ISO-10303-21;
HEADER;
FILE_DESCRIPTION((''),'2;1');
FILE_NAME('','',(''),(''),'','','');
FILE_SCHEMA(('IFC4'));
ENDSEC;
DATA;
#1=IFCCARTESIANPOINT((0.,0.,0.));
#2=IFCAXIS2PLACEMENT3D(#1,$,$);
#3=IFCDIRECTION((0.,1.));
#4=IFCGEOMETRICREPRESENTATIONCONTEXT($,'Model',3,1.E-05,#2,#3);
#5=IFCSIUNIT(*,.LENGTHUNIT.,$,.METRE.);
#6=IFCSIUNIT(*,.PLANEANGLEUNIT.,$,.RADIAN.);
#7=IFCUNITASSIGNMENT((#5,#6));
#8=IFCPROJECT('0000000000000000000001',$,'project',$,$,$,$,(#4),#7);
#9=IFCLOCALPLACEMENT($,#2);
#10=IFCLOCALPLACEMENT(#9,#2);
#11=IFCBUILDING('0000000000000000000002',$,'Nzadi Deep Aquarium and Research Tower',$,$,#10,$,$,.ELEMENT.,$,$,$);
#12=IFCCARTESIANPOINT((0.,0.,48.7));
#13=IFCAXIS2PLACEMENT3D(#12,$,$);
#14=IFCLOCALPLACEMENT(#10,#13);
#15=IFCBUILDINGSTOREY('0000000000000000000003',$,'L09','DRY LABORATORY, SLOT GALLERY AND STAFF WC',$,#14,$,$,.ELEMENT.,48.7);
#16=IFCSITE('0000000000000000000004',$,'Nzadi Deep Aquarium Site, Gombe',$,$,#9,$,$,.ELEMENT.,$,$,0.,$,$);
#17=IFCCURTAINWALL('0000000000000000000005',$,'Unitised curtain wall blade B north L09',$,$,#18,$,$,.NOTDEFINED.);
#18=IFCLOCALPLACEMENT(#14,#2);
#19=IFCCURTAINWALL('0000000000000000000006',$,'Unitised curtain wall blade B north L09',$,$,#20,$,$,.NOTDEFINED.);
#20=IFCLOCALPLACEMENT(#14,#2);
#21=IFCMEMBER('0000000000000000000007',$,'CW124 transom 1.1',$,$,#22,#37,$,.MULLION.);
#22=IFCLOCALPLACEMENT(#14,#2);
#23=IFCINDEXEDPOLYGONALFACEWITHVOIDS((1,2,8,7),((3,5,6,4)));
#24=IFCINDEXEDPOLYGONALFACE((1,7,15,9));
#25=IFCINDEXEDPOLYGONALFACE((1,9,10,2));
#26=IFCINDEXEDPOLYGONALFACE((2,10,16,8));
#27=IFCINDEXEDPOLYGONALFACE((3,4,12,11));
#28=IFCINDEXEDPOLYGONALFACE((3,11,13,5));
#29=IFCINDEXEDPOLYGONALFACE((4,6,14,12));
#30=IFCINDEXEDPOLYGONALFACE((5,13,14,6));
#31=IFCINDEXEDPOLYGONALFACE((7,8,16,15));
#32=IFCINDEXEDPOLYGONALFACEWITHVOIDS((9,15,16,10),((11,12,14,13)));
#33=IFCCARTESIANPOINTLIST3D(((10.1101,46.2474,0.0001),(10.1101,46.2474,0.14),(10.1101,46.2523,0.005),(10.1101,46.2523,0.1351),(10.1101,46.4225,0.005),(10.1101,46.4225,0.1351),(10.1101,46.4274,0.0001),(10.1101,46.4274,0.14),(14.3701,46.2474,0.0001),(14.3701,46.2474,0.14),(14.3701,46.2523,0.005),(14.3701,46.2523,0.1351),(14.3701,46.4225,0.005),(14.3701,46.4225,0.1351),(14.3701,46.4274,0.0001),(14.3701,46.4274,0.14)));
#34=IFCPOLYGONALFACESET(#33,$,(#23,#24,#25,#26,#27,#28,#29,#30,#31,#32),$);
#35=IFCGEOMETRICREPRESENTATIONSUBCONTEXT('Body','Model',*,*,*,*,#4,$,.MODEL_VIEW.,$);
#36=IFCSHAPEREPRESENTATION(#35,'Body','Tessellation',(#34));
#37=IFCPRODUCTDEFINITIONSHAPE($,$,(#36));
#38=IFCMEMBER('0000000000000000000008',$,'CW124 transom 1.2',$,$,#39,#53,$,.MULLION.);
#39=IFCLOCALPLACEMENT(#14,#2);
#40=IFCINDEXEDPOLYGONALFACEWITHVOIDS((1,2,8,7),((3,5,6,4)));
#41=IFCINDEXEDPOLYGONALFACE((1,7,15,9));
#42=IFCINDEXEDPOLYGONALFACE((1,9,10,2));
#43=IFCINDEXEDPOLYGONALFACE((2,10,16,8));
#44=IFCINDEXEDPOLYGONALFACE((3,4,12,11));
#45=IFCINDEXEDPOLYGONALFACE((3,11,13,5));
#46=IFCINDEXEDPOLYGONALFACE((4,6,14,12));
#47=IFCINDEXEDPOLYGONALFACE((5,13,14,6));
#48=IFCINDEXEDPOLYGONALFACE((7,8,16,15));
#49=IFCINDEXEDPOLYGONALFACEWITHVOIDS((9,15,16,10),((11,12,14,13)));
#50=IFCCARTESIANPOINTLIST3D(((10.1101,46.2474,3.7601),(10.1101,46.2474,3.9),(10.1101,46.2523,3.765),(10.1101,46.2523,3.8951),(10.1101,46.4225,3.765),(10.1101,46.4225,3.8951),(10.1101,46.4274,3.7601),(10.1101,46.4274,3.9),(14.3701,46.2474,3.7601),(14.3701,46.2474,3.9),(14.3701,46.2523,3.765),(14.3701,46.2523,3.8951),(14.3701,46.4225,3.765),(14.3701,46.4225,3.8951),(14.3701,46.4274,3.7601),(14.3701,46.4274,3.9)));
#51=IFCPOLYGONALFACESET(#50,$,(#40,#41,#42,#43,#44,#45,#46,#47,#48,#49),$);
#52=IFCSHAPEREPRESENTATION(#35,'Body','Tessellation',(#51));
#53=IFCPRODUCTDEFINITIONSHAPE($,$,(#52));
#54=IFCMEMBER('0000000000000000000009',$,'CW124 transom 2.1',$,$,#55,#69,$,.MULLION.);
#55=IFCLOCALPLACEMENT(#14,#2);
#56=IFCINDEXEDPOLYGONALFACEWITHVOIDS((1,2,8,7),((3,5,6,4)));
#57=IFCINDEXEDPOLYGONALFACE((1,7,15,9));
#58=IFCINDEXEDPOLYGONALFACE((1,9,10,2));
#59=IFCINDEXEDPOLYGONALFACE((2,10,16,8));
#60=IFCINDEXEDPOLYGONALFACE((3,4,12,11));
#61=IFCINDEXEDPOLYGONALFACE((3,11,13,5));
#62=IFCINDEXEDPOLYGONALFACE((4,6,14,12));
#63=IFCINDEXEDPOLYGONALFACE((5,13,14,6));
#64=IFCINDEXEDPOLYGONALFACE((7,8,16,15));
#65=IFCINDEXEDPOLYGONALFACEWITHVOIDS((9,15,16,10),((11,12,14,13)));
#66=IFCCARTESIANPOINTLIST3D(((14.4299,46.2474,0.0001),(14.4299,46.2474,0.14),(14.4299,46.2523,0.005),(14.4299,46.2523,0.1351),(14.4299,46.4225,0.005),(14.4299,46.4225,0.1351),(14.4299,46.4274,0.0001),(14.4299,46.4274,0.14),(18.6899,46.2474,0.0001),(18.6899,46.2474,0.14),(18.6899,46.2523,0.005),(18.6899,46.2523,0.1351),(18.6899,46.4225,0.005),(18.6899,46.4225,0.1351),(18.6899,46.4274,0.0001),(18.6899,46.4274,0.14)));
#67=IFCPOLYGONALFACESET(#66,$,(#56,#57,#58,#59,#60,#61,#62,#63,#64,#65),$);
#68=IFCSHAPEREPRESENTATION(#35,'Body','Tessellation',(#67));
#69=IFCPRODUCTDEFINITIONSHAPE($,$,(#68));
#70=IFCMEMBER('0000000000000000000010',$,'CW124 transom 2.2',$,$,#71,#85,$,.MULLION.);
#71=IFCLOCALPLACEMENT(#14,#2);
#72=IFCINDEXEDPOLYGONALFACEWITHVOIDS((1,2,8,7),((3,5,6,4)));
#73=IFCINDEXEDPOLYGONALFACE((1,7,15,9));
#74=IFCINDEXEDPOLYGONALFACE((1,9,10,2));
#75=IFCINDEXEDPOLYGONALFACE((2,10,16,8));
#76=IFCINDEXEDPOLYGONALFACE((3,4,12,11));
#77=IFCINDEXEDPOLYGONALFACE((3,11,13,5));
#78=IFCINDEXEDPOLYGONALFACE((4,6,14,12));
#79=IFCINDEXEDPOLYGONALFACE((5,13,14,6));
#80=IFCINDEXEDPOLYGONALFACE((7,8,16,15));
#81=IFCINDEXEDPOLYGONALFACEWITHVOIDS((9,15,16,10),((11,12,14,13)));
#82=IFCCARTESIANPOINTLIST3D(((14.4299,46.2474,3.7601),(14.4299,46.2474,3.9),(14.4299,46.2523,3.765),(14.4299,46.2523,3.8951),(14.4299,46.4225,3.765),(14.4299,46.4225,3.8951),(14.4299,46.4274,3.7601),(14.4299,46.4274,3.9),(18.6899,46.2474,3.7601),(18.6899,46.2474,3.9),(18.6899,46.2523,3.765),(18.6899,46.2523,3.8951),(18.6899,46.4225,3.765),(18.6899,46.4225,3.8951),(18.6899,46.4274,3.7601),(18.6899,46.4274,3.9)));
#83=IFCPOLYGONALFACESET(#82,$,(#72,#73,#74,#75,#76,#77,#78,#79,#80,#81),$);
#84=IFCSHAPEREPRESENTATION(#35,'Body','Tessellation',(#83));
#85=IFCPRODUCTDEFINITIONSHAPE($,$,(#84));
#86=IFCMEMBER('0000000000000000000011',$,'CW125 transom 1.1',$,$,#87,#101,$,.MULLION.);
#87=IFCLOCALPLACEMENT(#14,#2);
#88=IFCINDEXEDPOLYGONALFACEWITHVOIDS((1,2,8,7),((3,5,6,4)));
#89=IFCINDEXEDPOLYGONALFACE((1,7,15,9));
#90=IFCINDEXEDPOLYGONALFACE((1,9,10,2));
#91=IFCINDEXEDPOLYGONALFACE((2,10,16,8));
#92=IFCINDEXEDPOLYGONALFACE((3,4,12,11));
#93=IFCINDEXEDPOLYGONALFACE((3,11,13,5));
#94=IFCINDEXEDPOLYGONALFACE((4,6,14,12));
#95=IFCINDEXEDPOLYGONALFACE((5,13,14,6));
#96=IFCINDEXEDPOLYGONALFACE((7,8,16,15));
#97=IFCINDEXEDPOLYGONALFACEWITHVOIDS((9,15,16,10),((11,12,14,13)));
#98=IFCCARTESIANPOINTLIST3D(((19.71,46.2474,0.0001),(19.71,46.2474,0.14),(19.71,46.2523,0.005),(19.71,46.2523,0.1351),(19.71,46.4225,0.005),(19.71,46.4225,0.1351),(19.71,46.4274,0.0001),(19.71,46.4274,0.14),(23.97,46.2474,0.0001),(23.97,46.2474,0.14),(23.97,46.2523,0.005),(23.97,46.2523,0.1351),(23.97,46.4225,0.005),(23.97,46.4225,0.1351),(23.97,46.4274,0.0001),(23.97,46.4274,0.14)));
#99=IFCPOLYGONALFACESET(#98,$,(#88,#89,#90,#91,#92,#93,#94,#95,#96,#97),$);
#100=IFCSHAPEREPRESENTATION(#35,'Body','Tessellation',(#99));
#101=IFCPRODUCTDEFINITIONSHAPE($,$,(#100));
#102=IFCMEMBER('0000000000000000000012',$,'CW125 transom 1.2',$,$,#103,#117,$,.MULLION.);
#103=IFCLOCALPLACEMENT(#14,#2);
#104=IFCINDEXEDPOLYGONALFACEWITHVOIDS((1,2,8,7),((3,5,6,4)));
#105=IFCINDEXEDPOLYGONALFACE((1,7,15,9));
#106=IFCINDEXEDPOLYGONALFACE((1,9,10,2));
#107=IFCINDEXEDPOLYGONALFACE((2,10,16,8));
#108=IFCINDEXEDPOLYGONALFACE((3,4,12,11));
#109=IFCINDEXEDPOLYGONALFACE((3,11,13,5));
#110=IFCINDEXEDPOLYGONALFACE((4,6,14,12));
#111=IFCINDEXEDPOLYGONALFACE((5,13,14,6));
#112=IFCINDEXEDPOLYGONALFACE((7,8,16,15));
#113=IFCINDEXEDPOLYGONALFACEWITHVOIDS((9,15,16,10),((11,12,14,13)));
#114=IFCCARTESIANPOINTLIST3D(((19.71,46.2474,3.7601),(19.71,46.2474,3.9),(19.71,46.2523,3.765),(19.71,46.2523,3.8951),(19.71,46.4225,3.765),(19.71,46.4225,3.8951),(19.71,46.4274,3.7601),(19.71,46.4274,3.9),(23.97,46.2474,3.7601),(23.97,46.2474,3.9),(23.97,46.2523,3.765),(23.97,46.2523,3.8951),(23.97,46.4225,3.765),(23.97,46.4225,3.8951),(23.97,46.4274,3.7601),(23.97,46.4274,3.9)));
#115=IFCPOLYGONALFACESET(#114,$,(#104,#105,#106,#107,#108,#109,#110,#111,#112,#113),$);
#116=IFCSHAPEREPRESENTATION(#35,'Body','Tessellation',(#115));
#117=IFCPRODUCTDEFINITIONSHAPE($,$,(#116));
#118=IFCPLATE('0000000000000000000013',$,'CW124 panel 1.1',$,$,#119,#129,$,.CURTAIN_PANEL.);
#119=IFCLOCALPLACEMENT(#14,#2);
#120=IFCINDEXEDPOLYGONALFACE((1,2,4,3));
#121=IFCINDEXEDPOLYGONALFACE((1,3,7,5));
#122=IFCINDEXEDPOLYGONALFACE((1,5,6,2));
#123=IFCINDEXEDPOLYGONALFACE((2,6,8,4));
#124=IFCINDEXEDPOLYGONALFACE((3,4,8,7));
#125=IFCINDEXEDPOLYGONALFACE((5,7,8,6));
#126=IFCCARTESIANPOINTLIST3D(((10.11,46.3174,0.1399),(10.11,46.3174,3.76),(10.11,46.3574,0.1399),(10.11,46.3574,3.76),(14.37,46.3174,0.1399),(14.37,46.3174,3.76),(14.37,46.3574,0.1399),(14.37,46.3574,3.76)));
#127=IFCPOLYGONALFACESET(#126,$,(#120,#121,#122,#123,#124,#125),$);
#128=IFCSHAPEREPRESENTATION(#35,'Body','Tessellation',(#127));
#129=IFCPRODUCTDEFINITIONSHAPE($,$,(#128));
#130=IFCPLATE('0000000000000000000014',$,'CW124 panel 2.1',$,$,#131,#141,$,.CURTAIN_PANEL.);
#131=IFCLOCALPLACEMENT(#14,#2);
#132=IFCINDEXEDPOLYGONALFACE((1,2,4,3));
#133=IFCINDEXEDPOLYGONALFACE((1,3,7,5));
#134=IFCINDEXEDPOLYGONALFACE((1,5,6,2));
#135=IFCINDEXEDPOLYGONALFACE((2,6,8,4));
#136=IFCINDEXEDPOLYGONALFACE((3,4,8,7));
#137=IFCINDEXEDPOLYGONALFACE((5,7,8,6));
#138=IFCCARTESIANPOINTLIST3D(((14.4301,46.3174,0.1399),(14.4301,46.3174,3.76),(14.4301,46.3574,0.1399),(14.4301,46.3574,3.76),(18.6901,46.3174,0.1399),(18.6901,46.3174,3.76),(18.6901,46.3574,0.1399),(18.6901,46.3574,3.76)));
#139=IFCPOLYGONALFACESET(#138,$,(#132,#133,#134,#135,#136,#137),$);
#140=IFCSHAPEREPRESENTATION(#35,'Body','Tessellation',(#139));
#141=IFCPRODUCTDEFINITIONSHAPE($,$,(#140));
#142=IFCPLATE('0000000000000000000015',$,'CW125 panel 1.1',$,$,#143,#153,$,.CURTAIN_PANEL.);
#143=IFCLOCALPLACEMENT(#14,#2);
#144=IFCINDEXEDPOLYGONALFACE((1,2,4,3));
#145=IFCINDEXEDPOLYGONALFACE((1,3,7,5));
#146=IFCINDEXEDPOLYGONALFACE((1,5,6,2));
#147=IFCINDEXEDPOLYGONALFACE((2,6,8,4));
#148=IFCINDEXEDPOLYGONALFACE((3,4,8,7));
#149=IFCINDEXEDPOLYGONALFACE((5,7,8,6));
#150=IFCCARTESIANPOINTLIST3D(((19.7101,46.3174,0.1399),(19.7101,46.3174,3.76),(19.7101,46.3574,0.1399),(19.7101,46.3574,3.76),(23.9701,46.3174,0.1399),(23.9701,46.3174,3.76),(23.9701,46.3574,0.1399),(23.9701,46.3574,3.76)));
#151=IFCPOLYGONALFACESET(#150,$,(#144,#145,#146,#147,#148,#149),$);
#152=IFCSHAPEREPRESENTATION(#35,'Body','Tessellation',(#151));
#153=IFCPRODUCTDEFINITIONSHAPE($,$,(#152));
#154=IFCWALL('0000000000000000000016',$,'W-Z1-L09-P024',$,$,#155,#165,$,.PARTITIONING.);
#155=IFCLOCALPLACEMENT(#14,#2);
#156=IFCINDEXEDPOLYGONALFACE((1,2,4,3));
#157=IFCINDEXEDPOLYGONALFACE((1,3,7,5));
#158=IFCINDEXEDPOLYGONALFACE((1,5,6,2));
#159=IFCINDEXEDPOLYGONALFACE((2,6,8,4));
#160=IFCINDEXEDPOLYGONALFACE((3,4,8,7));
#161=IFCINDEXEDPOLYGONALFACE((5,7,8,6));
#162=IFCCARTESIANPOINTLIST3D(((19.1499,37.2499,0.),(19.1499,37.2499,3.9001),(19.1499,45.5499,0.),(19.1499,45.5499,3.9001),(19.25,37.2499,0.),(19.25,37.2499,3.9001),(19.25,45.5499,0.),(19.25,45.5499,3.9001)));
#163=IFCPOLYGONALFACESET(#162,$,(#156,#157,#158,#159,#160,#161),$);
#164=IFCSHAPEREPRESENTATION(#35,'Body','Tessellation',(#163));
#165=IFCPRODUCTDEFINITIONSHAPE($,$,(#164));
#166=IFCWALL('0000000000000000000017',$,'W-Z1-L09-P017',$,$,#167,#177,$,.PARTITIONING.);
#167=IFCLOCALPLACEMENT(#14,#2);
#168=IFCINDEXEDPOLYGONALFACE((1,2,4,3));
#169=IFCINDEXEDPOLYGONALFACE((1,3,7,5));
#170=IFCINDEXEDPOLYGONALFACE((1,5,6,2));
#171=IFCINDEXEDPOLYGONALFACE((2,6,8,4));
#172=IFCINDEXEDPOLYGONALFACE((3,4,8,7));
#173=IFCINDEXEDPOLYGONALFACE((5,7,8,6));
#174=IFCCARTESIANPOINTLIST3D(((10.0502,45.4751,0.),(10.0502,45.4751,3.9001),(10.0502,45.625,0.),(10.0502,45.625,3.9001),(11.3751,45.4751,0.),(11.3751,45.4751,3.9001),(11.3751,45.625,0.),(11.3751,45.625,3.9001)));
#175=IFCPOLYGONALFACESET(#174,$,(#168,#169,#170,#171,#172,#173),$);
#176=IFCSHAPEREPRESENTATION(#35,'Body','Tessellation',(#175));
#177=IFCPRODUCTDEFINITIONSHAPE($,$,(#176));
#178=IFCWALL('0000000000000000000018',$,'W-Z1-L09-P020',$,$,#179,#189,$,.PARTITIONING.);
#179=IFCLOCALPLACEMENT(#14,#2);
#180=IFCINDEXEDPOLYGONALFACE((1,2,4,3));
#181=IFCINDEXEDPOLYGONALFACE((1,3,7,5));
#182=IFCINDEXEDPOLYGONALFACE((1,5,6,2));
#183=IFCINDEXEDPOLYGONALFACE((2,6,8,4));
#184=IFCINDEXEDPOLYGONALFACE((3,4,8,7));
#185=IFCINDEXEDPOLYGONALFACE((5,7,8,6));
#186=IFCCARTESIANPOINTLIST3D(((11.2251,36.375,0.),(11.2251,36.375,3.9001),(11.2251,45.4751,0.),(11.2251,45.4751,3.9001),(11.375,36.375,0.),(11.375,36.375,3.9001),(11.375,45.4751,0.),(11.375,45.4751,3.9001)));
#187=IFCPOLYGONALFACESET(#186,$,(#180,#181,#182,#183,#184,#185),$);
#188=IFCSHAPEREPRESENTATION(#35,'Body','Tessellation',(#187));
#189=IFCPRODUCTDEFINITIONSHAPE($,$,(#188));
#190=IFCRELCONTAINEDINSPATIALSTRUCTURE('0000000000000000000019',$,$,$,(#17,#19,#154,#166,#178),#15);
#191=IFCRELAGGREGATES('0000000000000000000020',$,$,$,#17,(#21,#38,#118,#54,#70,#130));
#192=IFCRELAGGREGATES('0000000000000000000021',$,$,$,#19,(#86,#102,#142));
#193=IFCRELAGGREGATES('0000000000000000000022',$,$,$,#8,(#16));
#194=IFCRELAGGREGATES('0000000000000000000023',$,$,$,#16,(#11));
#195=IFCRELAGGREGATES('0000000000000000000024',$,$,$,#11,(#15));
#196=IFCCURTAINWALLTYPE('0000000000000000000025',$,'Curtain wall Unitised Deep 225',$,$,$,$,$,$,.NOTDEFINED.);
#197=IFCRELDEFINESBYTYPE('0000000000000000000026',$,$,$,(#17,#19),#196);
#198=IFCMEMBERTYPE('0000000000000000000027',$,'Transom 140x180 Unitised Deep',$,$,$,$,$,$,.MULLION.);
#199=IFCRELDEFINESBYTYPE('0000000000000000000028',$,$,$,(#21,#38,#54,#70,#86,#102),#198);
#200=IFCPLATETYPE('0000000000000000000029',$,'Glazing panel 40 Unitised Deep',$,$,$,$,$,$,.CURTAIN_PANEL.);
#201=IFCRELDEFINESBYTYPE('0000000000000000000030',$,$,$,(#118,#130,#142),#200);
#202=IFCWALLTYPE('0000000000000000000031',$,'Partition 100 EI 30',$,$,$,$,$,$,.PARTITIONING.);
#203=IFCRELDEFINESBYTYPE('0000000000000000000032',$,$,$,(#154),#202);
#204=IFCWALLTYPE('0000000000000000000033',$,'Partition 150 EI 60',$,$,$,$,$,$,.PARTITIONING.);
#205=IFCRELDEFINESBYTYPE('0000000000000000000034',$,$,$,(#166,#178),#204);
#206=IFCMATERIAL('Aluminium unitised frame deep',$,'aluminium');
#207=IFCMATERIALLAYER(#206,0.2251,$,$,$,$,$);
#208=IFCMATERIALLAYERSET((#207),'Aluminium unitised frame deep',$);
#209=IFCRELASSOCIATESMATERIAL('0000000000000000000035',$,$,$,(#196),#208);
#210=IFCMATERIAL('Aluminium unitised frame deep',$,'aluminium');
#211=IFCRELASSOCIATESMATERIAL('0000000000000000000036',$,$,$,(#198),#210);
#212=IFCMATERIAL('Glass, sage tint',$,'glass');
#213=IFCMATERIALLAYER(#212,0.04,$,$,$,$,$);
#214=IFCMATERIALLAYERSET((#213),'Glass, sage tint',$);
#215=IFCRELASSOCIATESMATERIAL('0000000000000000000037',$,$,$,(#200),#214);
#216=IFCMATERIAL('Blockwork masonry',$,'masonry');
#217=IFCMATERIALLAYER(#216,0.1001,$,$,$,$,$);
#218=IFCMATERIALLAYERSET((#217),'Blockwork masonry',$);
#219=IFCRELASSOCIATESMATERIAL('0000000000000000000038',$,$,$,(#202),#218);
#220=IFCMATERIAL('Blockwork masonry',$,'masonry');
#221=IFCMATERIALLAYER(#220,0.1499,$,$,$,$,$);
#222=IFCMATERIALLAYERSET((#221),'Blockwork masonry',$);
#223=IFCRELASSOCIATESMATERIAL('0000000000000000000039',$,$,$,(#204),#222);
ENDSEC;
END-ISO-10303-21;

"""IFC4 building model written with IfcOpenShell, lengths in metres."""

from ifc_helpers import new_model, si_unit, direction, frame, frame_2d, origin, origin_2d, place, context, subcontext, project, spatial, rectangle, hollow_rectangle, extrude, material, layer, layer_set, material_profile, profile_set, type_object, element, aggregate, save


model = new_model("IFC4")

# Units and contexts
model_context = context("Model", 3, precision=1e-05, world=origin(), true_north=direction((0.0, 1.0)))
body_context = subcontext(model_context, "Body", "Model", "MODEL_VIEW")
ifc_project = project(units=[si_unit("LENGTHUNIT", "METRE"), si_unit("PLANEANGLEUNIT", "RADIAN")], contexts=[model_context])

# Site, building, storey
site_placement = place(None, origin())
site = spatial("IfcSite", under=ifc_project, at=site_placement, Name="Nzadi Deep Aquarium Site, Gombe", CompositionType="ELEMENT", RefElevation=0.0)
building_placement = place(site_placement, origin())
building = spatial("IfcBuilding", under=site, at=building_placement, Name="Nzadi Deep Aquarium and Research Tower", CompositionType="ELEMENT")
storey_placement = place(building_placement, frame((0.0, 0.0, 48.7)))
storey = spatial("IfcBuildingStorey", under=building, at=storey_placement, Name="L09", Description="DRY LABORATORY, SLOT GALLERY AND STAFF WC", CompositionType="ELEMENT", Elevation=48.7)

# Curtain walls
ifc_material_1 = material(Name="Aluminium unitised frame deep", Category="aluminium")
ifc_layer_1 = layer(ifc_material_1, 0.2251)
ifc_layer_set_1 = layer_set([ifc_layer_1], Name="Aluminium unitised frame deep")
curtain_wall_type = type_object("IfcCurtainWallType", Name="Curtain wall Unitised Deep 225", PredefinedType="NOTDEFINED", material=ifc_layer_set_1)
curtain_wall_1_placement = place(storey_placement, origin())
curtain_wall_1 = element("IfcCurtainWall", 1, at=curtain_wall_1_placement, inside=storey, type_object=curtain_wall_type, Name="Unitised curtain wall blade B north L09", PredefinedType="NOTDEFINED")
curtain_wall_2_placement = place(storey_placement, origin())
curtain_wall_2 = element("IfcCurtainWall", 2, at=curtain_wall_2_placement, inside=storey, type_object=curtain_wall_type, Name="Unitised curtain wall blade B north L09", PredefinedType="NOTDEFINED")

# Members
ifc_material_2 = material(Name="Aluminium unitised frame deep", Category="aluminium")
ifc_material_profile_1 = material_profile(ifc_material_2, hollow_rectangle(XDim=0.1799, YDim=0.1399, WallThickness=0.0049, at=origin_2d()))
ifc_profile_set_1 = profile_set([ifc_material_profile_1], Name="Aluminium unitised frame deep")
member_type_1 = type_object("IfcMemberType", Name="Transom 140x180 Unitised Deep", PredefinedType="MULLION", material=ifc_profile_set_1)
member_1_placement = place(storey_placement, frame((10.1101, 46.3374, 0.0701), z_axis=(1.0, 0.0, 0.0), x_axis=(0.0, 1.0, 0.0)))
member_1 = element("IfcMember", 3, at=member_1_placement, type_object=member_type_1, Name="CW124 transom 1.1", PredefinedType="MULLION", context=body_context, shape_type="SweptSolid", body=[
    extrude(hollow_rectangle(XDim=0.1799, YDim=0.1399, WallThickness=0.0049, at=origin_2d()), origin(), (0.0, 0.0, 1.0), 4.26),
])
member_2_placement = place(storey_placement, frame((10.1101, 46.3374, 3.8301), z_axis=(1.0, 0.0, 0.0), x_axis=(0.0, 1.0, 0.0)))
member_2 = element("IfcMember", 4, at=member_2_placement, type_object=member_type_1, Name="CW124 transom 1.2", PredefinedType="MULLION", context=body_context, shape_type="SweptSolid", body=[
    extrude(hollow_rectangle(XDim=0.1799, YDim=0.1399, WallThickness=0.0049, at=origin_2d()), origin(), (0.0, 0.0, 1.0), 4.26),
])
member_3_placement = place(storey_placement, frame((14.4299, 46.3374, 0.0701), z_axis=(1.0, 0.0, 0.0), x_axis=(0.0, 1.0, 0.0)))
member_3 = element("IfcMember", 5, at=member_3_placement, type_object=member_type_1, Name="CW124 transom 2.1", PredefinedType="MULLION", context=body_context, shape_type="SweptSolid", body=[
    extrude(hollow_rectangle(XDim=0.1799, YDim=0.1399, WallThickness=0.0049, at=origin_2d()), origin(), (0.0, 0.0, 1.0), 4.26),
])
member_4_placement = place(storey_placement, frame((14.4299, 46.3374, 3.8301), z_axis=(1.0, 0.0, 0.0), x_axis=(0.0, 1.0, 0.0)))
member_4 = element("IfcMember", 6, at=member_4_placement, type_object=member_type_1, Name="CW124 transom 2.2", PredefinedType="MULLION", context=body_context, shape_type="SweptSolid", body=[
    extrude(hollow_rectangle(XDim=0.1799, YDim=0.1399, WallThickness=0.0049, at=origin_2d()), origin(), (0.0, 0.0, 1.0), 4.26),
])
member_5_placement = place(storey_placement, frame((19.71, 46.3374, 0.0701), z_axis=(1.0, 0.0, 0.0), x_axis=(0.0, 1.0, 0.0)))
member_5 = element("IfcMember", 7, at=member_5_placement, type_object=member_type_1, Name="CW125 transom 1.1", PredefinedType="MULLION", context=body_context, shape_type="SweptSolid", body=[
    extrude(hollow_rectangle(XDim=0.1799, YDim=0.1399, WallThickness=0.0049, at=origin_2d()), origin(), (0.0, 0.0, 1.0), 4.26),
])
member_6_placement = place(storey_placement, frame((19.71, 46.3374, 3.8301), z_axis=(1.0, 0.0, 0.0), x_axis=(0.0, 1.0, 0.0)))
member_6 = element("IfcMember", 8, at=member_6_placement, type_object=member_type_1, Name="CW125 transom 1.2", PredefinedType="MULLION", context=body_context, shape_type="SweptSolid", body=[
    extrude(hollow_rectangle(XDim=0.1799, YDim=0.1399, WallThickness=0.0049, at=origin_2d()), origin(), (0.0, 0.0, 1.0), 4.26),
])

# Plates
ifc_material_3 = material(Name="Glass, sage tint", Category="glass")
ifc_layer_2 = layer(ifc_material_3, 0.04)
ifc_layer_set_2 = layer_set([ifc_layer_2], Name="Glass, sage tint")
plate_type = type_object("IfcPlateType", Name="Glazing panel 40 Unitised Deep", PredefinedType="CURTAIN_PANEL", material=ifc_layer_set_2)
plate_1_placement = place(storey_placement, frame((12.24, 46.3374, 0.1399), z_axis=(0.0, 0.0, 1.0), x_axis=(1.0, 0.0, 0.0)))
plate_1 = element("IfcPlate", 9, at=plate_1_placement, type_object=plate_type, Name="CW124 panel 1.1", PredefinedType="CURTAIN_PANEL", context=body_context, shape_type="SweptSolid", body=[
    extrude(rectangle(XDim=4.26, YDim=0.04, at=origin_2d()), origin(), (0.0, 0.0, 1.0), 3.6201),
])
plate_2_placement = place(storey_placement, frame((16.5601, 46.3374, 0.1399), z_axis=(0.0, 0.0, 1.0), x_axis=(1.0, 0.0, 0.0)))
plate_2 = element("IfcPlate", 10, at=plate_2_placement, type_object=plate_type, Name="CW124 panel 2.1", PredefinedType="CURTAIN_PANEL", context=body_context, shape_type="SweptSolid", body=[
    extrude(rectangle(XDim=4.26, YDim=0.04, at=origin_2d()), origin(), (0.0, 0.0, 1.0), 3.6201),
])
aggregate(curtain_wall_1, [member_1, member_2, plate_1, member_3, member_4, plate_2])
plate_3_placement = place(storey_placement, frame((21.8401, 46.3374, 0.1399), z_axis=(0.0, 0.0, 1.0), x_axis=(1.0, 0.0, 0.0)))
plate_3 = element("IfcPlate", 11, at=plate_3_placement, type_object=plate_type, Name="CW125 panel 1.1", PredefinedType="CURTAIN_PANEL", context=body_context, shape_type="SweptSolid", body=[
    extrude(rectangle(XDim=4.26, YDim=0.04, at=origin_2d()), origin(), (0.0, 0.0, 1.0), 3.6201),
])
aggregate(curtain_wall_2, [member_5, member_6, plate_3])

# Walls
ifc_material_4 = material(Name="Blockwork masonry", Category="masonry")
ifc_layer_3 = layer(ifc_material_4, 0.1001)
ifc_layer_set_3 = layer_set([ifc_layer_3], Name="Blockwork masonry")
wall_type_1 = type_object("IfcWallType", Name="Partition 100 EI 30", PredefinedType="PARTITIONING", material=ifc_layer_set_3)
wall_1_placement = place(storey_placement, frame((19.2, 37.25, 0.0), z_axis=(0.0, 0.0, 1.0), x_axis=(0.0, 1.0, 0.0)))
element("IfcWall", 12, at=wall_1_placement, inside=storey, type_object=wall_type_1, Name="W-Z1-L09-P024", PredefinedType="PARTITIONING", context=body_context, shape_type="SweptSolid", body=[
    extrude(rectangle(XDim=8.3, YDim=0.1001, at=frame_2d((4.1499, 0.0))), origin(), (0.0, 0.0, 1.0), 3.9001),
])
ifc_material_5 = material(Name="Blockwork masonry", Category="masonry")
ifc_layer_4 = layer(ifc_material_5, 0.1499)
ifc_layer_set_4 = layer_set([ifc_layer_4], Name="Blockwork masonry")
wall_type_2 = type_object("IfcWallType", Name="Partition 150 EI 60", PredefinedType="PARTITIONING", material=ifc_layer_set_4)
wall_2_placement = place(storey_placement, frame((10.05, 45.55, 0.0), z_axis=(0.0, 0.0, 1.0), x_axis=(1.0, 0.0, 0.0)))
element("IfcWall", 13, at=wall_2_placement, inside=storey, type_object=wall_type_2, Name="W-Z1-L09-P017", PredefinedType="PARTITIONING", context=body_context, shape_type="SweptSolid", body=[
    extrude(rectangle(XDim=1.325, YDim=0.1499, at=frame_2d((0.6626, 0.0))), origin(), (0.0, 0.0, 1.0), 3.9001),
])
wall_3_placement = place(storey_placement, frame((11.3, 36.375, 0.0), z_axis=(0.0, 0.0, 1.0), x_axis=(0.0, 1.0, 0.0)))
element("IfcWall", 14, at=wall_3_placement, inside=storey, type_object=wall_type_2, Name="W-Z1-L09-P020", PredefinedType="PARTITIONING", context=body_context, shape_type="SweptSolid", body=[
    extrude(rectangle(XDim=9.1001, YDim=0.1499, at=frame_2d((4.55, 0.0))), origin(), (0.0, 0.0, 1.0), 3.9001),
])

save(model, "model.ifc")
